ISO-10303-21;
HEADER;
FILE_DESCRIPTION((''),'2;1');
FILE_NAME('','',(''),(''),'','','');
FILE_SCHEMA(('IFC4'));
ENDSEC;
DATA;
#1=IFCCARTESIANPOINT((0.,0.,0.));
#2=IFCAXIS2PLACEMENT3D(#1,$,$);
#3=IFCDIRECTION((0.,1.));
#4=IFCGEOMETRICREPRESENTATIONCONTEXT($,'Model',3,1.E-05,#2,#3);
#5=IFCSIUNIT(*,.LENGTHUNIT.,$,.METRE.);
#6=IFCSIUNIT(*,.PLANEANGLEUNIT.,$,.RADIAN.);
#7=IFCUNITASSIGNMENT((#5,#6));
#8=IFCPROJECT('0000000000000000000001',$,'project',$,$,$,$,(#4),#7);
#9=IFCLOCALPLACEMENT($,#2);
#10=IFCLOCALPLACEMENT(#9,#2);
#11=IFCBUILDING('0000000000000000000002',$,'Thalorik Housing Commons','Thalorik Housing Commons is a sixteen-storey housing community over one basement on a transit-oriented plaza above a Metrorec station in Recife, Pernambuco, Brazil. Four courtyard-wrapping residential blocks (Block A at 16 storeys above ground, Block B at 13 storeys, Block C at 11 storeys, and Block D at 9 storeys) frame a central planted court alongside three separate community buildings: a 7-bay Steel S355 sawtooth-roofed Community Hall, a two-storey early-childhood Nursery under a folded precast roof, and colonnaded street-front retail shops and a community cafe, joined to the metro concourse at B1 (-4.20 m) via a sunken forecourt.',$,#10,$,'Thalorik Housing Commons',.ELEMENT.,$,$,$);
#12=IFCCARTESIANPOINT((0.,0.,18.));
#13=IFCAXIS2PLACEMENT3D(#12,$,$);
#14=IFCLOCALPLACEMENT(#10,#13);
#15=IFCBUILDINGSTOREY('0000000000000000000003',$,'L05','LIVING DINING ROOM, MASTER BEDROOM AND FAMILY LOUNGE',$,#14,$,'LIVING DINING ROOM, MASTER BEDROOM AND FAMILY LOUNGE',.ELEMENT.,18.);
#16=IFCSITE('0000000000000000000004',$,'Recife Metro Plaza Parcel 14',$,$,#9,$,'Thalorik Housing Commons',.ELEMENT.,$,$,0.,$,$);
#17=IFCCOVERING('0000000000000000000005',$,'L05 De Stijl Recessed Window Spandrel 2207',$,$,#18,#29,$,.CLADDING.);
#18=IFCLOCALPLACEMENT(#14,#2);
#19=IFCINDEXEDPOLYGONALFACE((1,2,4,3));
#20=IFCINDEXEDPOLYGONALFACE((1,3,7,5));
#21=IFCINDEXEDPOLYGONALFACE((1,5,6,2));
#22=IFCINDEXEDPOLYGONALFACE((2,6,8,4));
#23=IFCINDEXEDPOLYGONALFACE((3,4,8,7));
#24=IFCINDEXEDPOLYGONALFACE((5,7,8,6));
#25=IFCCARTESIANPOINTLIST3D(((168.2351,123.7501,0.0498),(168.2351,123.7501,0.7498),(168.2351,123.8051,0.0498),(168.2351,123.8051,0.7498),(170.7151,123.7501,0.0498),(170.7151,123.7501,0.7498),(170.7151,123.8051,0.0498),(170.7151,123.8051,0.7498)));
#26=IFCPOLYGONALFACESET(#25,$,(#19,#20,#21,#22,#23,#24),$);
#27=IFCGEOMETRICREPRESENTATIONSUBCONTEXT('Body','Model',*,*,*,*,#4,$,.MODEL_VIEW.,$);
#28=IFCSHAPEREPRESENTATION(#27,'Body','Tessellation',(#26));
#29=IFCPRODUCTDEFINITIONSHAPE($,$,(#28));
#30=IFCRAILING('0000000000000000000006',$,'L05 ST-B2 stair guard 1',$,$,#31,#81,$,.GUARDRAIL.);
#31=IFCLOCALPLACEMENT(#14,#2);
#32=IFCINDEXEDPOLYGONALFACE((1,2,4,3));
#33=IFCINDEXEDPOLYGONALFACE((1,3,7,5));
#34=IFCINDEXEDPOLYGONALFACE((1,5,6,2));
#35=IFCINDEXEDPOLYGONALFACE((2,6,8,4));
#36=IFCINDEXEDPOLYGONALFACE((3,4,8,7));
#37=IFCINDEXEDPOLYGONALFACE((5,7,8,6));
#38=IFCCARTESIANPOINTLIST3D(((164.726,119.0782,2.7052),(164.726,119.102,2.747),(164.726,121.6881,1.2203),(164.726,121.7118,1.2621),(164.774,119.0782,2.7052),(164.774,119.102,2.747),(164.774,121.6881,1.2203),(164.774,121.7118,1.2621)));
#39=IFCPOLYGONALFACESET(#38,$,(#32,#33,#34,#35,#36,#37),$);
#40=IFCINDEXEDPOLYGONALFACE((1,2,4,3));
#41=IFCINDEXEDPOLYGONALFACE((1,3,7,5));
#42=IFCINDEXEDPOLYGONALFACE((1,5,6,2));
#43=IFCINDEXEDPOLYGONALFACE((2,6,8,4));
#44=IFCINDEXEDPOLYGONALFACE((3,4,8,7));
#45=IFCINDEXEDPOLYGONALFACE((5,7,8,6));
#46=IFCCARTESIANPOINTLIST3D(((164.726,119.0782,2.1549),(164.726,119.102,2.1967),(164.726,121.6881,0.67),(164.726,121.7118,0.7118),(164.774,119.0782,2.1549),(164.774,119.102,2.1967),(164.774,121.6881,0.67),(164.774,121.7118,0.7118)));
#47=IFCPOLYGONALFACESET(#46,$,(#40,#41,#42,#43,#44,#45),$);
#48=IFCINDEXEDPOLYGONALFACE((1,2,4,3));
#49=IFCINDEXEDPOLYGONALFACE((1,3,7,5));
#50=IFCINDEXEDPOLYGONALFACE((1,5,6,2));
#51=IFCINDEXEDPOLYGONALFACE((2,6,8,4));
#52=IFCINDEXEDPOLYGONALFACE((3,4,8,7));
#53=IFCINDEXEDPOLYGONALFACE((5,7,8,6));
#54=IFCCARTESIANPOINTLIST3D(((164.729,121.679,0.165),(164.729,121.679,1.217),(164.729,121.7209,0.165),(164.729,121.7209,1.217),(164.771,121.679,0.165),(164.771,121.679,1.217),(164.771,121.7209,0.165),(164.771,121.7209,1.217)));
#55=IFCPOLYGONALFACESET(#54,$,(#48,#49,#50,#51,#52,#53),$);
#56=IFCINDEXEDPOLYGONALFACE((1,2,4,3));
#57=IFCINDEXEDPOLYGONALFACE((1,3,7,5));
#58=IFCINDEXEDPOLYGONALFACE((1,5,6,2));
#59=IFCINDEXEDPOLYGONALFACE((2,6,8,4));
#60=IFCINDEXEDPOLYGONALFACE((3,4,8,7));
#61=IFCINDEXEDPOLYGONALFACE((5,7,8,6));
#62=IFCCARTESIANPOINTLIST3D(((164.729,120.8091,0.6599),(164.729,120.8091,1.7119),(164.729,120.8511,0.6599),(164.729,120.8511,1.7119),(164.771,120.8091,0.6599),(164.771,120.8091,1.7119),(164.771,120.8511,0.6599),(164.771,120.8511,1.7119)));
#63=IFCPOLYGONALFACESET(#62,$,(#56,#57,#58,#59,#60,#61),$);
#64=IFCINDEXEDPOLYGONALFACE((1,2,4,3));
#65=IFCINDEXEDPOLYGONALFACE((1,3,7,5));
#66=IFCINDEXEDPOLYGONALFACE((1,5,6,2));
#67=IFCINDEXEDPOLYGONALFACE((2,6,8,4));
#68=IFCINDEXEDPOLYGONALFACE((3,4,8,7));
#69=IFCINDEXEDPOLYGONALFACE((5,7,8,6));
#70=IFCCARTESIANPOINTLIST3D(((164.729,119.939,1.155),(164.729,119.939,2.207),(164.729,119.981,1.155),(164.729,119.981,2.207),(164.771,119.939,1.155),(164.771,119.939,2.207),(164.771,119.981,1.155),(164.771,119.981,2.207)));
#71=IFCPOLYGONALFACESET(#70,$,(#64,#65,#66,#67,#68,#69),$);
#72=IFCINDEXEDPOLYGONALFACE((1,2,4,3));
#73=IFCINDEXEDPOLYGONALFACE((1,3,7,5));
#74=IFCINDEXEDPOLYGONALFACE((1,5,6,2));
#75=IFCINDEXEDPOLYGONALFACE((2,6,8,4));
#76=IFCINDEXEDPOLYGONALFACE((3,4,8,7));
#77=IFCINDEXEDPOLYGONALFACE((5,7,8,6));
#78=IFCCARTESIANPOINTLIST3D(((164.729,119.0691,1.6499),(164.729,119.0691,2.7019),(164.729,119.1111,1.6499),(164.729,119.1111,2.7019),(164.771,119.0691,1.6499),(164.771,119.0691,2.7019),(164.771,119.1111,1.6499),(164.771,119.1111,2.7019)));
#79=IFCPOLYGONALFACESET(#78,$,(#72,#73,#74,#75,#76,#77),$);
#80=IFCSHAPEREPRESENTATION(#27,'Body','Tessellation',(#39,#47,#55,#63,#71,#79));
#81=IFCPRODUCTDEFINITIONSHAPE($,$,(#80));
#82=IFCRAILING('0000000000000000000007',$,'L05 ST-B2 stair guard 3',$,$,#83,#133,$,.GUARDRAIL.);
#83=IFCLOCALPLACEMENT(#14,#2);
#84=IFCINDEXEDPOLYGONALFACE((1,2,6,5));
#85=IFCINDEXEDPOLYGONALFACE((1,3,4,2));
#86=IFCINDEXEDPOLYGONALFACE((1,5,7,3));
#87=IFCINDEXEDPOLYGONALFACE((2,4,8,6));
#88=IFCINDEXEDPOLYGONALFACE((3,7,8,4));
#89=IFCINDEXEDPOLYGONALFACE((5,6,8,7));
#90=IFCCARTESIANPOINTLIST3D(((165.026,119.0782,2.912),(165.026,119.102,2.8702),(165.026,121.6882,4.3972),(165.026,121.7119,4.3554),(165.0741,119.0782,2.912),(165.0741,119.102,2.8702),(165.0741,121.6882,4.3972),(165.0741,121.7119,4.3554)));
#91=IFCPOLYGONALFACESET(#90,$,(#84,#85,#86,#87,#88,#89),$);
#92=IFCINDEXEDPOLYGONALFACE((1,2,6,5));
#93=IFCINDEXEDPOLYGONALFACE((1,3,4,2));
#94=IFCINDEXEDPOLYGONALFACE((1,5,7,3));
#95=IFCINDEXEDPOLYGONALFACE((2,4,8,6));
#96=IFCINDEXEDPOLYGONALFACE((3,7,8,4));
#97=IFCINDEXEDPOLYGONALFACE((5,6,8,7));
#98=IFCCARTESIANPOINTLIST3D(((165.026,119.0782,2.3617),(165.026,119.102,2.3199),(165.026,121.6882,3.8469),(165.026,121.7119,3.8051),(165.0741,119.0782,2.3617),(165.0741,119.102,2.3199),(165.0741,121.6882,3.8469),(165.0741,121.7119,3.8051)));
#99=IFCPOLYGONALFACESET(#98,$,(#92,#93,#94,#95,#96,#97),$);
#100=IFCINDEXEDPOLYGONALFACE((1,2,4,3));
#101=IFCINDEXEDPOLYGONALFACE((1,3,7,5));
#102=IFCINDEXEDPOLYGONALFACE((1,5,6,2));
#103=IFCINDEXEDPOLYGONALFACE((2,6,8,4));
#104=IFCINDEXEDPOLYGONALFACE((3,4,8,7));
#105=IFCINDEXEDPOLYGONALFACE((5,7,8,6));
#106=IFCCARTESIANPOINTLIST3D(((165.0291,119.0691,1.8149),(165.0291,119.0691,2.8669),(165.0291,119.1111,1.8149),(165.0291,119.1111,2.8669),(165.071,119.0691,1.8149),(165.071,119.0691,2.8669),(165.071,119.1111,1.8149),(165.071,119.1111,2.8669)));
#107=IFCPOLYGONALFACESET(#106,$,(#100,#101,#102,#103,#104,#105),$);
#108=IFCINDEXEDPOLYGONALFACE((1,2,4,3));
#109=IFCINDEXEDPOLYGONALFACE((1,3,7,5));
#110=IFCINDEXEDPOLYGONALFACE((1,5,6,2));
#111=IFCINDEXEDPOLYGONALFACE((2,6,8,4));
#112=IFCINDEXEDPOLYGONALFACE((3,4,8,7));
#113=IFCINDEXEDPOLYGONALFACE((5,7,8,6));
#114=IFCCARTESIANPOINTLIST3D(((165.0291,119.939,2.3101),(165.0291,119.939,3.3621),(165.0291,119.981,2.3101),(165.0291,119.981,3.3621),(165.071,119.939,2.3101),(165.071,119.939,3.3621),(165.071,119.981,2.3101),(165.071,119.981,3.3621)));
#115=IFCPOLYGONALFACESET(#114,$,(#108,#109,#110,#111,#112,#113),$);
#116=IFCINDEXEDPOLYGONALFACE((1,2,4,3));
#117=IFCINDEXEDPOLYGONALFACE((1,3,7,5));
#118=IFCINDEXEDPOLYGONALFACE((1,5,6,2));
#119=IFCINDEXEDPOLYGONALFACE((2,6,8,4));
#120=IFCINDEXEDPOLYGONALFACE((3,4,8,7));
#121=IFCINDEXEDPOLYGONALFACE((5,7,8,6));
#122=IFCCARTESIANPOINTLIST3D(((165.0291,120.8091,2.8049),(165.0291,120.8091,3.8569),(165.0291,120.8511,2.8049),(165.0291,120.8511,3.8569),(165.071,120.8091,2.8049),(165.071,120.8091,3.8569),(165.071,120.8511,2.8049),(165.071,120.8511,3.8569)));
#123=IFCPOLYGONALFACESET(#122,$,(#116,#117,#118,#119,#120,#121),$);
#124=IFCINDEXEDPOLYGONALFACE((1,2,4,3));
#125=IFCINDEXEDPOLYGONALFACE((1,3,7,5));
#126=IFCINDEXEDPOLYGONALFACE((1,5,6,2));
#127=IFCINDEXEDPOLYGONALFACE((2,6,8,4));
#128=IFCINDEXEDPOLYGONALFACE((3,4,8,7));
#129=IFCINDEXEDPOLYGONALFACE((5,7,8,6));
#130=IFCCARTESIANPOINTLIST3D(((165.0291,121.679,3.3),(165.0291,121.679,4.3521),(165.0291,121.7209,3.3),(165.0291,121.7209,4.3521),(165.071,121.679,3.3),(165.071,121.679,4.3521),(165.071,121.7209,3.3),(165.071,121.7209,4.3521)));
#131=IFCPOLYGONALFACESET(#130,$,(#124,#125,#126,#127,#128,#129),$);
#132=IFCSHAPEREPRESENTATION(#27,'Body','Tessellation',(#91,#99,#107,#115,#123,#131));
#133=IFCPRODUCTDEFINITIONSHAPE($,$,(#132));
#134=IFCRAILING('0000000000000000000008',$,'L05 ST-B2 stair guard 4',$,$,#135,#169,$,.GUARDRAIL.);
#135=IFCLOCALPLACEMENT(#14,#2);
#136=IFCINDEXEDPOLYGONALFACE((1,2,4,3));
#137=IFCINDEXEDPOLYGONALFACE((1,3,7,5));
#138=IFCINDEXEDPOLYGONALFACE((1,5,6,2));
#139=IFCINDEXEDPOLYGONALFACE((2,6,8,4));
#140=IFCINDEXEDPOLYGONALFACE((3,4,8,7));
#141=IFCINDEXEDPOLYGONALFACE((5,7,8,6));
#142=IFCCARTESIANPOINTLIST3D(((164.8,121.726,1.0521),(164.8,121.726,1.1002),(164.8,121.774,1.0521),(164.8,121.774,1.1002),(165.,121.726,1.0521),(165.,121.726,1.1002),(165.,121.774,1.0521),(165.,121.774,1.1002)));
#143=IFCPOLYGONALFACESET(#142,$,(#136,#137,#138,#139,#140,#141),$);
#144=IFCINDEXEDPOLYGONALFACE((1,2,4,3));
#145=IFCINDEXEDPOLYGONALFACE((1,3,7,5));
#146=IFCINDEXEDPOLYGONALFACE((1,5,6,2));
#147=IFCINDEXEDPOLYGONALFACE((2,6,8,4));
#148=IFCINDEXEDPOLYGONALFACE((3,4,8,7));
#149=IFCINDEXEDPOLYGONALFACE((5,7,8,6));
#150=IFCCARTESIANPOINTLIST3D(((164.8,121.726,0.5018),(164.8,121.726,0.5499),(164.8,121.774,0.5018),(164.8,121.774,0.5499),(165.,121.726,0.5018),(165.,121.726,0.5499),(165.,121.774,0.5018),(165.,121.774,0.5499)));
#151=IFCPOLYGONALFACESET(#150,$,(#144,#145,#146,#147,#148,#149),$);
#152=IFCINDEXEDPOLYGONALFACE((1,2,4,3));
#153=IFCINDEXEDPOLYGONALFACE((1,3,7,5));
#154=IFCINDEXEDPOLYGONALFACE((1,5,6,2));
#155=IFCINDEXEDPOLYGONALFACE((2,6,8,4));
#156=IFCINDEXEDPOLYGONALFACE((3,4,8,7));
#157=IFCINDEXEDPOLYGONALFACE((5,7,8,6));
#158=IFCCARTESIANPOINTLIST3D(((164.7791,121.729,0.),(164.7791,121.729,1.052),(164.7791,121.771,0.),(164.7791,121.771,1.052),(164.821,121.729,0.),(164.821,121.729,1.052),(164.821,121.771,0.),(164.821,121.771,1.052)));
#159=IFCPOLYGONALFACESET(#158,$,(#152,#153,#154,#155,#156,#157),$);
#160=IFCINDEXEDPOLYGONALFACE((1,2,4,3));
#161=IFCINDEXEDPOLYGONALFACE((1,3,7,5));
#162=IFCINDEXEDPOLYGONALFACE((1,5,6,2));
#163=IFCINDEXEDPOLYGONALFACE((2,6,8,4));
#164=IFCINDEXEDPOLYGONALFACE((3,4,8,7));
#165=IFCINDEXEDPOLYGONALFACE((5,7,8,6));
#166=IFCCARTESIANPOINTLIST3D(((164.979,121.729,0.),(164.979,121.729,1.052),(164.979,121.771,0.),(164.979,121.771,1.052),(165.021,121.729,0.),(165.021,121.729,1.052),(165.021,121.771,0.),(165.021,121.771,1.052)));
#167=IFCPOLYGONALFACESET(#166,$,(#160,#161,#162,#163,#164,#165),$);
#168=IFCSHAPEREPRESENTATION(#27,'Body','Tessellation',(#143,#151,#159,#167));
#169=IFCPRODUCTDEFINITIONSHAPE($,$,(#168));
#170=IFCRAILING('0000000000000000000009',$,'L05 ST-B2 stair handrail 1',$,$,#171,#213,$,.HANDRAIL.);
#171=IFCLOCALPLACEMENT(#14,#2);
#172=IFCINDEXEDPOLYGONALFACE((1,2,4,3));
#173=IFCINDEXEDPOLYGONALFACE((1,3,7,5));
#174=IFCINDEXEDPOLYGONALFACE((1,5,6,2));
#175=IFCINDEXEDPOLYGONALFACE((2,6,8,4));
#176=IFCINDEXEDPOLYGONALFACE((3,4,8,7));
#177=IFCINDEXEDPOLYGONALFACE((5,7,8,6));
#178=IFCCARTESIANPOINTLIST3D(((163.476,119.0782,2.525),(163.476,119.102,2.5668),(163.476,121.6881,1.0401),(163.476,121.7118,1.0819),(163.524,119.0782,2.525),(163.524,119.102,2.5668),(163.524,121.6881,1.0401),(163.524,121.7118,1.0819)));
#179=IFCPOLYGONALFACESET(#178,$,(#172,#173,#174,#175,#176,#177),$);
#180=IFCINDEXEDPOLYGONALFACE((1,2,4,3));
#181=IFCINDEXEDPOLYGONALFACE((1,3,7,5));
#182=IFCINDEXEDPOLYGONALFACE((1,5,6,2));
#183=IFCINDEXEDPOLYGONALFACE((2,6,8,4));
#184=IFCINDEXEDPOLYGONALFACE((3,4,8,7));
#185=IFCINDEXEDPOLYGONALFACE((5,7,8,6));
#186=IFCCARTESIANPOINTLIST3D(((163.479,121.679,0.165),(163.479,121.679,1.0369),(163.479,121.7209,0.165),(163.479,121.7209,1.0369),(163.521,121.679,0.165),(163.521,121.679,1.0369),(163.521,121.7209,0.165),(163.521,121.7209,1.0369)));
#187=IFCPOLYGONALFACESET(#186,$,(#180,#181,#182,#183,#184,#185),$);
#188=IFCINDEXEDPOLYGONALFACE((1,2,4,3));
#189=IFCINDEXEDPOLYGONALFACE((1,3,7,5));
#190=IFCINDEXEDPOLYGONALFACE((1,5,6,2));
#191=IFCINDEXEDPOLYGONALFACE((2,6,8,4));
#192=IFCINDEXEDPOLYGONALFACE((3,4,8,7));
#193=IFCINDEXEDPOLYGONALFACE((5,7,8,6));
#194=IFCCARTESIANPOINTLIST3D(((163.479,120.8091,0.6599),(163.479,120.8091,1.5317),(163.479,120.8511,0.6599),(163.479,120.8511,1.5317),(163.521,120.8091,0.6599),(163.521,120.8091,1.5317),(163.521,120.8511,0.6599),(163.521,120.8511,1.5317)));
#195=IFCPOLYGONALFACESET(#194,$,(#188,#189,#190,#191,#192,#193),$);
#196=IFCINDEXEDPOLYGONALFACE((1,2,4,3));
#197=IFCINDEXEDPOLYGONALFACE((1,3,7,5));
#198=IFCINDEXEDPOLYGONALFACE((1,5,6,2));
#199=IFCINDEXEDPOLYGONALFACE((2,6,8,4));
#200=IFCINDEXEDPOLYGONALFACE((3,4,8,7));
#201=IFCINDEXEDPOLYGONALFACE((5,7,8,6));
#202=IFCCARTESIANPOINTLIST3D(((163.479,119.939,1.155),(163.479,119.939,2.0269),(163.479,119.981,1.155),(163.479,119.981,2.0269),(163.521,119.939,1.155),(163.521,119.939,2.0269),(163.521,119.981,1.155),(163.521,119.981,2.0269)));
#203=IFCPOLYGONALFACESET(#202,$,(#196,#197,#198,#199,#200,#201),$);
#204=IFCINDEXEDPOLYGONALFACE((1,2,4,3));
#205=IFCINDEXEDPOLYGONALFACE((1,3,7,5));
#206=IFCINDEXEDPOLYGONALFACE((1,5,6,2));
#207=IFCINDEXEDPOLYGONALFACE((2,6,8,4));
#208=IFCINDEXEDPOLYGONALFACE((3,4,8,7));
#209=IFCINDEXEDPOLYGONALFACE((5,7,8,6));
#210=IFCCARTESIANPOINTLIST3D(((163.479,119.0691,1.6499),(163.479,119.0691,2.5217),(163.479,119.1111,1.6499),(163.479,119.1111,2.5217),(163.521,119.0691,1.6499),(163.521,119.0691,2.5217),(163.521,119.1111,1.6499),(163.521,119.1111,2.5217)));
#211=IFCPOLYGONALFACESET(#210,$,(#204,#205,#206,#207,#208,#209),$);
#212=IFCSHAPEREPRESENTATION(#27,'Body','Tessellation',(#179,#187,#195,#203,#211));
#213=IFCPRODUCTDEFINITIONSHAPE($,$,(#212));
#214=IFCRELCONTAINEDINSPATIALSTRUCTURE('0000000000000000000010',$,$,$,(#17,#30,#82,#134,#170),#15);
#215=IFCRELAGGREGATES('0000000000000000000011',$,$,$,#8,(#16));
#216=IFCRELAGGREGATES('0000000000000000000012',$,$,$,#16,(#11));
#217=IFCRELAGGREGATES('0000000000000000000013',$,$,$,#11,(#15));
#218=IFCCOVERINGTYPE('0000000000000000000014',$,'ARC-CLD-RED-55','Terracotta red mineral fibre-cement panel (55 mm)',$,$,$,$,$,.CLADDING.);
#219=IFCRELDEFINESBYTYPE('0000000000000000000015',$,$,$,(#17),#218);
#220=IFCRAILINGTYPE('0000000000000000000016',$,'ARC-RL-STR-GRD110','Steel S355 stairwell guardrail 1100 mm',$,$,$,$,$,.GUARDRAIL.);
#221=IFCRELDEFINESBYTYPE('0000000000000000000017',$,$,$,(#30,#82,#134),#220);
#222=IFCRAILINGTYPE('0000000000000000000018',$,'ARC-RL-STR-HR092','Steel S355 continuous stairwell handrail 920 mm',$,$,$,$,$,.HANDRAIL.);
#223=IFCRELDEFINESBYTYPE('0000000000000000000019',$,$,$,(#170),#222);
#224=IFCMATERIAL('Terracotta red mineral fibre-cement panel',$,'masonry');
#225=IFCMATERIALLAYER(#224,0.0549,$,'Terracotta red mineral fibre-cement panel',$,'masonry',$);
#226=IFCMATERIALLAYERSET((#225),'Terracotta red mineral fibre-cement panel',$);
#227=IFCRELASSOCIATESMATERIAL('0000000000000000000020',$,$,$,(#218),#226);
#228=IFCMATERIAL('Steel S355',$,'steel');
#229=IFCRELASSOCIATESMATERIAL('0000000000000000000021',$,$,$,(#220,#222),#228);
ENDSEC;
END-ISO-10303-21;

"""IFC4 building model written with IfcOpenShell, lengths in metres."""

from ifc_helpers import new_model, si_unit, direction, frame, origin, origin_2d, place, context, subcontext, project, spatial, rectangle, extrude, material, layer, layer_set, type_object, element, save


model = new_model("IFC4")

# Units and contexts
model_context = context("Model", 3, precision=1e-05, world=origin(), true_north=direction((0.0, 1.0)))
body_context = subcontext(model_context, "Body", "Model", "MODEL_VIEW")
ifc_project = project(units=[si_unit("LENGTHUNIT", "METRE"), si_unit("PLANEANGLEUNIT", "RADIAN")], contexts=[model_context])

# Site, building, storey
site_placement = place(None, origin())
site = spatial("IfcSite", under=ifc_project, at=site_placement, Name="Recife Metro Plaza Parcel 14", LongName="Thalorik Housing Commons", CompositionType="ELEMENT", RefElevation=0.0)
building_placement = place(site_placement, origin())
building = spatial("IfcBuilding", under=site, at=building_placement, Name="Thalorik Housing Commons", Description="Thalorik Housing Commons is a sixteen-storey housing community over one basement on a transit-oriented plaza above a Metrorec station in Recife, Pernambuco, Brazil. Four courtyard-wrapping residential blocks (Block A at 16 storeys above ground, Block B at 13 storeys, Block C at 11 storeys, and Block D at 9 storeys) frame a central planted court alongside three separate community buildings: a 7-bay Steel S355 sawtooth-roofed Community Hall, a two-storey early-childhood Nursery under a folded precast roof, and colonnaded street-front retail shops and a community cafe, joined to the metro concourse at B1 (-4.20 m) via a sunken forecourt.", LongName="Thalorik Housing Commons", CompositionType="ELEMENT")
storey_placement = place(building_placement, frame((0.0, 0.0, 18.0)))
storey = spatial("IfcBuildingStorey", under=building, at=storey_placement, Name="L05", Description="LIVING DINING ROOM, MASTER BEDROOM AND FAMILY LOUNGE", LongName="LIVING DINING ROOM, MASTER BEDROOM AND FAMILY LOUNGE", CompositionType="ELEMENT", Elevation=18.0)

# Shared definitions
ifc_material_1 = material(Name="Steel S355", Category="steel")

# Covering
ifc_material_2 = material(Name="Terracotta red mineral fibre-cement panel", Category="masonry")
ifc_layer_1 = layer(ifc_material_2, 0.0549, Name="Terracotta red mineral fibre-cement panel", Category="masonry")
ifc_layer_set_1 = layer_set([ifc_layer_1], Name="Terracotta red mineral fibre-cement panel")
covering_type_1 = type_object("IfcCoveringType", Name="ARC-CLD-RED-55", Description="Terracotta red mineral fibre-cement panel (55 mm)", PredefinedType="CLADDING", material=ifc_layer_set_1)
covering_1_placement = place(storey_placement, frame((169.4751, 123.7776, 0.0498), z_axis=(0.0, 0.0, 1.0), x_axis=(-1.0, 0.0, 0.0)))
element("IfcCovering", 1, at=covering_1_placement, inside=storey, type_object=covering_type_1, Name="L05 De Stijl Recessed Window Spandrel 2207", PredefinedType="CLADDING", context=body_context, shape_type="SweptSolid", body=[
    extrude(rectangle(XDim=2.48, YDim=0.0549, at=origin_2d()), origin(), (0.0, 0.0, 1.0), 0.7),
])

# Railings
railing_type_1 = type_object("IfcRailingType", Name="ARC-RL-STR-GRD110", Description="Steel S355 stairwell guardrail 1100 mm", PredefinedType="GUARDRAIL", material=ifc_material_1)
railing_1_placement = place(storey_placement, frame((164.75, 121.7, 0.165)))
element("IfcRailing", 2, at=railing_1_placement, inside=storey, type_object=railing_type_1, Name="L05 ST-B2 stair guard 1", PredefinedType="GUARDRAIL", context=body_context, shape_type="SweptSolid", body=[
    extrude(rectangle(XDim=0.0481, YDim=0.0481, at=origin_2d()), frame((0.0, 0.0, 1.0762), z_axis=(0.0, -0.869172, 0.494509), x_axis=(1.0, 0.0, 0.0)), (0.0, 0.0, 1.0), 3.0027),
    extrude(rectangle(XDim=0.0481, YDim=0.0481, at=origin_2d()), frame((0.0, 0.0, 0.5259), z_axis=(0.0, -0.869172, 0.494509), x_axis=(1.0, 0.0, 0.0)), (0.0, 0.0, 1.0), 3.0027),
    extrude(rectangle(XDim=0.042, YDim=0.042, at=origin_2d()), origin(), (0.0, 0.0, 1.0), 1.052),
    extrude(rectangle(XDim=0.042, YDim=0.042, at=origin_2d()), frame((0.0, -0.8699, 0.4949)), (0.0, 0.0, 1.0), 1.052),
    extrude(rectangle(XDim=0.042, YDim=0.042, at=origin_2d()), frame((0.0, -1.74, 0.99)), (0.0, 0.0, 1.0), 1.052),
    extrude(rectangle(XDim=0.042, YDim=0.042, at=origin_2d()), frame((0.0, -2.6099, 1.4849)), (0.0, 0.0, 1.0), 1.052),
])
railing_2_placement = place(storey_placement, frame((165.05, 119.0901, 1.8149)))
element("IfcRailing", 3, at=railing_2_placement, inside=storey, type_object=railing_type_1, Name="L05 ST-B2 stair guard 3", PredefinedType="GUARDRAIL", context=body_context, shape_type="SweptSolid", body=[
    extrude(rectangle(XDim=0.0481, YDim=0.0481, at=origin_2d()), frame((0.0, 0.0, 1.0762), z_axis=(0.0, 0.869137, 0.494571), x_axis=(-1.0, 0.0, 0.0)), (0.0, 0.0, 1.0), 3.0029),
    extrude(rectangle(XDim=0.0481, YDim=0.0481, at=origin_2d()), frame((0.0, 0.0, 0.5259), z_axis=(0.0, 0.869137, 0.494571), x_axis=(-1.0, 0.0, 0.0)), (0.0, 0.0, 1.0), 3.0029),
    extrude(rectangle(XDim=0.042, YDim=0.042, at=origin_2d()), origin(), (0.0, 0.0, 1.0), 1.052),
    extrude(rectangle(XDim=0.042, YDim=0.042, at=origin_2d()), frame((0.0, 0.8699, 0.4951)), (0.0, 0.0, 1.0), 1.052),
    extrude(rectangle(XDim=0.042, YDim=0.042, at=origin_2d()), frame((0.0, 1.74, 0.99)), (0.0, 0.0, 1.0), 1.052),
    extrude(rectangle(XDim=0.042, YDim=0.042, at=origin_2d()), frame((0.0, 2.6099, 1.4851)), (0.0, 0.0, 1.0), 1.052),
])
railing_3_placement = place(storey_placement, frame((164.8, 121.75, 0.0)))
element("IfcRailing", 4, at=railing_3_placement, inside=storey, type_object=railing_type_1, Name="L05 ST-B2 stair guard 4", PredefinedType="GUARDRAIL", context=body_context, shape_type="SweptSolid", body=[
    extrude(rectangle(XDim=0.0481, YDim=0.0481, at=origin_2d()), frame((0.0, 0.0, 1.0762), z_axis=(1.0, 0.0, 0.0), x_axis=(0.0, 1.0, 0.0)), (0.0, 0.0, 1.0), 0.2),
    extrude(rectangle(XDim=0.0481, YDim=0.0481, at=origin_2d()), frame((0.0, 0.0, 0.5259), z_axis=(1.0, 0.0, 0.0), x_axis=(0.0, 1.0, 0.0)), (0.0, 0.0, 1.0), 0.2),
    extrude(rectangle(XDim=0.042, YDim=0.042, at=origin_2d()), origin(), (0.0, 0.0, 1.0), 1.052),
    extrude(rectangle(XDim=0.042, YDim=0.042, at=origin_2d()), frame((0.2, 0.0, 0.0)), (0.0, 0.0, 1.0), 1.052),
])
railing_type_2 = type_object("IfcRailingType", Name="ARC-RL-STR-HR092", Description="Steel S355 continuous stairwell handrail 920 mm", PredefinedType="HANDRAIL", material=ifc_material_1)
railing_4_placement = place(storey_placement, frame((163.5, 121.7, 0.165)))
element("IfcRailing", 5, at=railing_4_placement, inside=storey, type_object=railing_type_2, Name="L05 ST-B2 stair handrail 1", PredefinedType="HANDRAIL", context=body_context, shape_type="SweptSolid", body=[
    extrude(rectangle(XDim=0.0481, YDim=0.0481, at=origin_2d()), frame((0.0, 0.0, 0.896), z_axis=(0.0, -0.869172, 0.494509), x_axis=(1.0, 0.0, 0.0)), (0.0, 0.0, 1.0), 3.0027),
    extrude(rectangle(XDim=0.042, YDim=0.042, at=origin_2d()), origin(), (0.0, 0.0, 1.0), 0.8718),
    extrude(rectangle(XDim=0.042, YDim=0.042, at=origin_2d()), frame((0.0, -0.8699, 0.4949)), (0.0, 0.0, 1.0), 0.8718),
    extrude(rectangle(XDim=0.042, YDim=0.042, at=origin_2d()), frame((0.0, -1.74, 0.99)), (0.0, 0.0, 1.0), 0.8718),
    extrude(rectangle(XDim=0.042, YDim=0.042, at=origin_2d()), frame((0.0, -2.6099, 1.4849)), (0.0, 0.0, 1.0), 0.8718),
])

save(model, "model.ifc")
